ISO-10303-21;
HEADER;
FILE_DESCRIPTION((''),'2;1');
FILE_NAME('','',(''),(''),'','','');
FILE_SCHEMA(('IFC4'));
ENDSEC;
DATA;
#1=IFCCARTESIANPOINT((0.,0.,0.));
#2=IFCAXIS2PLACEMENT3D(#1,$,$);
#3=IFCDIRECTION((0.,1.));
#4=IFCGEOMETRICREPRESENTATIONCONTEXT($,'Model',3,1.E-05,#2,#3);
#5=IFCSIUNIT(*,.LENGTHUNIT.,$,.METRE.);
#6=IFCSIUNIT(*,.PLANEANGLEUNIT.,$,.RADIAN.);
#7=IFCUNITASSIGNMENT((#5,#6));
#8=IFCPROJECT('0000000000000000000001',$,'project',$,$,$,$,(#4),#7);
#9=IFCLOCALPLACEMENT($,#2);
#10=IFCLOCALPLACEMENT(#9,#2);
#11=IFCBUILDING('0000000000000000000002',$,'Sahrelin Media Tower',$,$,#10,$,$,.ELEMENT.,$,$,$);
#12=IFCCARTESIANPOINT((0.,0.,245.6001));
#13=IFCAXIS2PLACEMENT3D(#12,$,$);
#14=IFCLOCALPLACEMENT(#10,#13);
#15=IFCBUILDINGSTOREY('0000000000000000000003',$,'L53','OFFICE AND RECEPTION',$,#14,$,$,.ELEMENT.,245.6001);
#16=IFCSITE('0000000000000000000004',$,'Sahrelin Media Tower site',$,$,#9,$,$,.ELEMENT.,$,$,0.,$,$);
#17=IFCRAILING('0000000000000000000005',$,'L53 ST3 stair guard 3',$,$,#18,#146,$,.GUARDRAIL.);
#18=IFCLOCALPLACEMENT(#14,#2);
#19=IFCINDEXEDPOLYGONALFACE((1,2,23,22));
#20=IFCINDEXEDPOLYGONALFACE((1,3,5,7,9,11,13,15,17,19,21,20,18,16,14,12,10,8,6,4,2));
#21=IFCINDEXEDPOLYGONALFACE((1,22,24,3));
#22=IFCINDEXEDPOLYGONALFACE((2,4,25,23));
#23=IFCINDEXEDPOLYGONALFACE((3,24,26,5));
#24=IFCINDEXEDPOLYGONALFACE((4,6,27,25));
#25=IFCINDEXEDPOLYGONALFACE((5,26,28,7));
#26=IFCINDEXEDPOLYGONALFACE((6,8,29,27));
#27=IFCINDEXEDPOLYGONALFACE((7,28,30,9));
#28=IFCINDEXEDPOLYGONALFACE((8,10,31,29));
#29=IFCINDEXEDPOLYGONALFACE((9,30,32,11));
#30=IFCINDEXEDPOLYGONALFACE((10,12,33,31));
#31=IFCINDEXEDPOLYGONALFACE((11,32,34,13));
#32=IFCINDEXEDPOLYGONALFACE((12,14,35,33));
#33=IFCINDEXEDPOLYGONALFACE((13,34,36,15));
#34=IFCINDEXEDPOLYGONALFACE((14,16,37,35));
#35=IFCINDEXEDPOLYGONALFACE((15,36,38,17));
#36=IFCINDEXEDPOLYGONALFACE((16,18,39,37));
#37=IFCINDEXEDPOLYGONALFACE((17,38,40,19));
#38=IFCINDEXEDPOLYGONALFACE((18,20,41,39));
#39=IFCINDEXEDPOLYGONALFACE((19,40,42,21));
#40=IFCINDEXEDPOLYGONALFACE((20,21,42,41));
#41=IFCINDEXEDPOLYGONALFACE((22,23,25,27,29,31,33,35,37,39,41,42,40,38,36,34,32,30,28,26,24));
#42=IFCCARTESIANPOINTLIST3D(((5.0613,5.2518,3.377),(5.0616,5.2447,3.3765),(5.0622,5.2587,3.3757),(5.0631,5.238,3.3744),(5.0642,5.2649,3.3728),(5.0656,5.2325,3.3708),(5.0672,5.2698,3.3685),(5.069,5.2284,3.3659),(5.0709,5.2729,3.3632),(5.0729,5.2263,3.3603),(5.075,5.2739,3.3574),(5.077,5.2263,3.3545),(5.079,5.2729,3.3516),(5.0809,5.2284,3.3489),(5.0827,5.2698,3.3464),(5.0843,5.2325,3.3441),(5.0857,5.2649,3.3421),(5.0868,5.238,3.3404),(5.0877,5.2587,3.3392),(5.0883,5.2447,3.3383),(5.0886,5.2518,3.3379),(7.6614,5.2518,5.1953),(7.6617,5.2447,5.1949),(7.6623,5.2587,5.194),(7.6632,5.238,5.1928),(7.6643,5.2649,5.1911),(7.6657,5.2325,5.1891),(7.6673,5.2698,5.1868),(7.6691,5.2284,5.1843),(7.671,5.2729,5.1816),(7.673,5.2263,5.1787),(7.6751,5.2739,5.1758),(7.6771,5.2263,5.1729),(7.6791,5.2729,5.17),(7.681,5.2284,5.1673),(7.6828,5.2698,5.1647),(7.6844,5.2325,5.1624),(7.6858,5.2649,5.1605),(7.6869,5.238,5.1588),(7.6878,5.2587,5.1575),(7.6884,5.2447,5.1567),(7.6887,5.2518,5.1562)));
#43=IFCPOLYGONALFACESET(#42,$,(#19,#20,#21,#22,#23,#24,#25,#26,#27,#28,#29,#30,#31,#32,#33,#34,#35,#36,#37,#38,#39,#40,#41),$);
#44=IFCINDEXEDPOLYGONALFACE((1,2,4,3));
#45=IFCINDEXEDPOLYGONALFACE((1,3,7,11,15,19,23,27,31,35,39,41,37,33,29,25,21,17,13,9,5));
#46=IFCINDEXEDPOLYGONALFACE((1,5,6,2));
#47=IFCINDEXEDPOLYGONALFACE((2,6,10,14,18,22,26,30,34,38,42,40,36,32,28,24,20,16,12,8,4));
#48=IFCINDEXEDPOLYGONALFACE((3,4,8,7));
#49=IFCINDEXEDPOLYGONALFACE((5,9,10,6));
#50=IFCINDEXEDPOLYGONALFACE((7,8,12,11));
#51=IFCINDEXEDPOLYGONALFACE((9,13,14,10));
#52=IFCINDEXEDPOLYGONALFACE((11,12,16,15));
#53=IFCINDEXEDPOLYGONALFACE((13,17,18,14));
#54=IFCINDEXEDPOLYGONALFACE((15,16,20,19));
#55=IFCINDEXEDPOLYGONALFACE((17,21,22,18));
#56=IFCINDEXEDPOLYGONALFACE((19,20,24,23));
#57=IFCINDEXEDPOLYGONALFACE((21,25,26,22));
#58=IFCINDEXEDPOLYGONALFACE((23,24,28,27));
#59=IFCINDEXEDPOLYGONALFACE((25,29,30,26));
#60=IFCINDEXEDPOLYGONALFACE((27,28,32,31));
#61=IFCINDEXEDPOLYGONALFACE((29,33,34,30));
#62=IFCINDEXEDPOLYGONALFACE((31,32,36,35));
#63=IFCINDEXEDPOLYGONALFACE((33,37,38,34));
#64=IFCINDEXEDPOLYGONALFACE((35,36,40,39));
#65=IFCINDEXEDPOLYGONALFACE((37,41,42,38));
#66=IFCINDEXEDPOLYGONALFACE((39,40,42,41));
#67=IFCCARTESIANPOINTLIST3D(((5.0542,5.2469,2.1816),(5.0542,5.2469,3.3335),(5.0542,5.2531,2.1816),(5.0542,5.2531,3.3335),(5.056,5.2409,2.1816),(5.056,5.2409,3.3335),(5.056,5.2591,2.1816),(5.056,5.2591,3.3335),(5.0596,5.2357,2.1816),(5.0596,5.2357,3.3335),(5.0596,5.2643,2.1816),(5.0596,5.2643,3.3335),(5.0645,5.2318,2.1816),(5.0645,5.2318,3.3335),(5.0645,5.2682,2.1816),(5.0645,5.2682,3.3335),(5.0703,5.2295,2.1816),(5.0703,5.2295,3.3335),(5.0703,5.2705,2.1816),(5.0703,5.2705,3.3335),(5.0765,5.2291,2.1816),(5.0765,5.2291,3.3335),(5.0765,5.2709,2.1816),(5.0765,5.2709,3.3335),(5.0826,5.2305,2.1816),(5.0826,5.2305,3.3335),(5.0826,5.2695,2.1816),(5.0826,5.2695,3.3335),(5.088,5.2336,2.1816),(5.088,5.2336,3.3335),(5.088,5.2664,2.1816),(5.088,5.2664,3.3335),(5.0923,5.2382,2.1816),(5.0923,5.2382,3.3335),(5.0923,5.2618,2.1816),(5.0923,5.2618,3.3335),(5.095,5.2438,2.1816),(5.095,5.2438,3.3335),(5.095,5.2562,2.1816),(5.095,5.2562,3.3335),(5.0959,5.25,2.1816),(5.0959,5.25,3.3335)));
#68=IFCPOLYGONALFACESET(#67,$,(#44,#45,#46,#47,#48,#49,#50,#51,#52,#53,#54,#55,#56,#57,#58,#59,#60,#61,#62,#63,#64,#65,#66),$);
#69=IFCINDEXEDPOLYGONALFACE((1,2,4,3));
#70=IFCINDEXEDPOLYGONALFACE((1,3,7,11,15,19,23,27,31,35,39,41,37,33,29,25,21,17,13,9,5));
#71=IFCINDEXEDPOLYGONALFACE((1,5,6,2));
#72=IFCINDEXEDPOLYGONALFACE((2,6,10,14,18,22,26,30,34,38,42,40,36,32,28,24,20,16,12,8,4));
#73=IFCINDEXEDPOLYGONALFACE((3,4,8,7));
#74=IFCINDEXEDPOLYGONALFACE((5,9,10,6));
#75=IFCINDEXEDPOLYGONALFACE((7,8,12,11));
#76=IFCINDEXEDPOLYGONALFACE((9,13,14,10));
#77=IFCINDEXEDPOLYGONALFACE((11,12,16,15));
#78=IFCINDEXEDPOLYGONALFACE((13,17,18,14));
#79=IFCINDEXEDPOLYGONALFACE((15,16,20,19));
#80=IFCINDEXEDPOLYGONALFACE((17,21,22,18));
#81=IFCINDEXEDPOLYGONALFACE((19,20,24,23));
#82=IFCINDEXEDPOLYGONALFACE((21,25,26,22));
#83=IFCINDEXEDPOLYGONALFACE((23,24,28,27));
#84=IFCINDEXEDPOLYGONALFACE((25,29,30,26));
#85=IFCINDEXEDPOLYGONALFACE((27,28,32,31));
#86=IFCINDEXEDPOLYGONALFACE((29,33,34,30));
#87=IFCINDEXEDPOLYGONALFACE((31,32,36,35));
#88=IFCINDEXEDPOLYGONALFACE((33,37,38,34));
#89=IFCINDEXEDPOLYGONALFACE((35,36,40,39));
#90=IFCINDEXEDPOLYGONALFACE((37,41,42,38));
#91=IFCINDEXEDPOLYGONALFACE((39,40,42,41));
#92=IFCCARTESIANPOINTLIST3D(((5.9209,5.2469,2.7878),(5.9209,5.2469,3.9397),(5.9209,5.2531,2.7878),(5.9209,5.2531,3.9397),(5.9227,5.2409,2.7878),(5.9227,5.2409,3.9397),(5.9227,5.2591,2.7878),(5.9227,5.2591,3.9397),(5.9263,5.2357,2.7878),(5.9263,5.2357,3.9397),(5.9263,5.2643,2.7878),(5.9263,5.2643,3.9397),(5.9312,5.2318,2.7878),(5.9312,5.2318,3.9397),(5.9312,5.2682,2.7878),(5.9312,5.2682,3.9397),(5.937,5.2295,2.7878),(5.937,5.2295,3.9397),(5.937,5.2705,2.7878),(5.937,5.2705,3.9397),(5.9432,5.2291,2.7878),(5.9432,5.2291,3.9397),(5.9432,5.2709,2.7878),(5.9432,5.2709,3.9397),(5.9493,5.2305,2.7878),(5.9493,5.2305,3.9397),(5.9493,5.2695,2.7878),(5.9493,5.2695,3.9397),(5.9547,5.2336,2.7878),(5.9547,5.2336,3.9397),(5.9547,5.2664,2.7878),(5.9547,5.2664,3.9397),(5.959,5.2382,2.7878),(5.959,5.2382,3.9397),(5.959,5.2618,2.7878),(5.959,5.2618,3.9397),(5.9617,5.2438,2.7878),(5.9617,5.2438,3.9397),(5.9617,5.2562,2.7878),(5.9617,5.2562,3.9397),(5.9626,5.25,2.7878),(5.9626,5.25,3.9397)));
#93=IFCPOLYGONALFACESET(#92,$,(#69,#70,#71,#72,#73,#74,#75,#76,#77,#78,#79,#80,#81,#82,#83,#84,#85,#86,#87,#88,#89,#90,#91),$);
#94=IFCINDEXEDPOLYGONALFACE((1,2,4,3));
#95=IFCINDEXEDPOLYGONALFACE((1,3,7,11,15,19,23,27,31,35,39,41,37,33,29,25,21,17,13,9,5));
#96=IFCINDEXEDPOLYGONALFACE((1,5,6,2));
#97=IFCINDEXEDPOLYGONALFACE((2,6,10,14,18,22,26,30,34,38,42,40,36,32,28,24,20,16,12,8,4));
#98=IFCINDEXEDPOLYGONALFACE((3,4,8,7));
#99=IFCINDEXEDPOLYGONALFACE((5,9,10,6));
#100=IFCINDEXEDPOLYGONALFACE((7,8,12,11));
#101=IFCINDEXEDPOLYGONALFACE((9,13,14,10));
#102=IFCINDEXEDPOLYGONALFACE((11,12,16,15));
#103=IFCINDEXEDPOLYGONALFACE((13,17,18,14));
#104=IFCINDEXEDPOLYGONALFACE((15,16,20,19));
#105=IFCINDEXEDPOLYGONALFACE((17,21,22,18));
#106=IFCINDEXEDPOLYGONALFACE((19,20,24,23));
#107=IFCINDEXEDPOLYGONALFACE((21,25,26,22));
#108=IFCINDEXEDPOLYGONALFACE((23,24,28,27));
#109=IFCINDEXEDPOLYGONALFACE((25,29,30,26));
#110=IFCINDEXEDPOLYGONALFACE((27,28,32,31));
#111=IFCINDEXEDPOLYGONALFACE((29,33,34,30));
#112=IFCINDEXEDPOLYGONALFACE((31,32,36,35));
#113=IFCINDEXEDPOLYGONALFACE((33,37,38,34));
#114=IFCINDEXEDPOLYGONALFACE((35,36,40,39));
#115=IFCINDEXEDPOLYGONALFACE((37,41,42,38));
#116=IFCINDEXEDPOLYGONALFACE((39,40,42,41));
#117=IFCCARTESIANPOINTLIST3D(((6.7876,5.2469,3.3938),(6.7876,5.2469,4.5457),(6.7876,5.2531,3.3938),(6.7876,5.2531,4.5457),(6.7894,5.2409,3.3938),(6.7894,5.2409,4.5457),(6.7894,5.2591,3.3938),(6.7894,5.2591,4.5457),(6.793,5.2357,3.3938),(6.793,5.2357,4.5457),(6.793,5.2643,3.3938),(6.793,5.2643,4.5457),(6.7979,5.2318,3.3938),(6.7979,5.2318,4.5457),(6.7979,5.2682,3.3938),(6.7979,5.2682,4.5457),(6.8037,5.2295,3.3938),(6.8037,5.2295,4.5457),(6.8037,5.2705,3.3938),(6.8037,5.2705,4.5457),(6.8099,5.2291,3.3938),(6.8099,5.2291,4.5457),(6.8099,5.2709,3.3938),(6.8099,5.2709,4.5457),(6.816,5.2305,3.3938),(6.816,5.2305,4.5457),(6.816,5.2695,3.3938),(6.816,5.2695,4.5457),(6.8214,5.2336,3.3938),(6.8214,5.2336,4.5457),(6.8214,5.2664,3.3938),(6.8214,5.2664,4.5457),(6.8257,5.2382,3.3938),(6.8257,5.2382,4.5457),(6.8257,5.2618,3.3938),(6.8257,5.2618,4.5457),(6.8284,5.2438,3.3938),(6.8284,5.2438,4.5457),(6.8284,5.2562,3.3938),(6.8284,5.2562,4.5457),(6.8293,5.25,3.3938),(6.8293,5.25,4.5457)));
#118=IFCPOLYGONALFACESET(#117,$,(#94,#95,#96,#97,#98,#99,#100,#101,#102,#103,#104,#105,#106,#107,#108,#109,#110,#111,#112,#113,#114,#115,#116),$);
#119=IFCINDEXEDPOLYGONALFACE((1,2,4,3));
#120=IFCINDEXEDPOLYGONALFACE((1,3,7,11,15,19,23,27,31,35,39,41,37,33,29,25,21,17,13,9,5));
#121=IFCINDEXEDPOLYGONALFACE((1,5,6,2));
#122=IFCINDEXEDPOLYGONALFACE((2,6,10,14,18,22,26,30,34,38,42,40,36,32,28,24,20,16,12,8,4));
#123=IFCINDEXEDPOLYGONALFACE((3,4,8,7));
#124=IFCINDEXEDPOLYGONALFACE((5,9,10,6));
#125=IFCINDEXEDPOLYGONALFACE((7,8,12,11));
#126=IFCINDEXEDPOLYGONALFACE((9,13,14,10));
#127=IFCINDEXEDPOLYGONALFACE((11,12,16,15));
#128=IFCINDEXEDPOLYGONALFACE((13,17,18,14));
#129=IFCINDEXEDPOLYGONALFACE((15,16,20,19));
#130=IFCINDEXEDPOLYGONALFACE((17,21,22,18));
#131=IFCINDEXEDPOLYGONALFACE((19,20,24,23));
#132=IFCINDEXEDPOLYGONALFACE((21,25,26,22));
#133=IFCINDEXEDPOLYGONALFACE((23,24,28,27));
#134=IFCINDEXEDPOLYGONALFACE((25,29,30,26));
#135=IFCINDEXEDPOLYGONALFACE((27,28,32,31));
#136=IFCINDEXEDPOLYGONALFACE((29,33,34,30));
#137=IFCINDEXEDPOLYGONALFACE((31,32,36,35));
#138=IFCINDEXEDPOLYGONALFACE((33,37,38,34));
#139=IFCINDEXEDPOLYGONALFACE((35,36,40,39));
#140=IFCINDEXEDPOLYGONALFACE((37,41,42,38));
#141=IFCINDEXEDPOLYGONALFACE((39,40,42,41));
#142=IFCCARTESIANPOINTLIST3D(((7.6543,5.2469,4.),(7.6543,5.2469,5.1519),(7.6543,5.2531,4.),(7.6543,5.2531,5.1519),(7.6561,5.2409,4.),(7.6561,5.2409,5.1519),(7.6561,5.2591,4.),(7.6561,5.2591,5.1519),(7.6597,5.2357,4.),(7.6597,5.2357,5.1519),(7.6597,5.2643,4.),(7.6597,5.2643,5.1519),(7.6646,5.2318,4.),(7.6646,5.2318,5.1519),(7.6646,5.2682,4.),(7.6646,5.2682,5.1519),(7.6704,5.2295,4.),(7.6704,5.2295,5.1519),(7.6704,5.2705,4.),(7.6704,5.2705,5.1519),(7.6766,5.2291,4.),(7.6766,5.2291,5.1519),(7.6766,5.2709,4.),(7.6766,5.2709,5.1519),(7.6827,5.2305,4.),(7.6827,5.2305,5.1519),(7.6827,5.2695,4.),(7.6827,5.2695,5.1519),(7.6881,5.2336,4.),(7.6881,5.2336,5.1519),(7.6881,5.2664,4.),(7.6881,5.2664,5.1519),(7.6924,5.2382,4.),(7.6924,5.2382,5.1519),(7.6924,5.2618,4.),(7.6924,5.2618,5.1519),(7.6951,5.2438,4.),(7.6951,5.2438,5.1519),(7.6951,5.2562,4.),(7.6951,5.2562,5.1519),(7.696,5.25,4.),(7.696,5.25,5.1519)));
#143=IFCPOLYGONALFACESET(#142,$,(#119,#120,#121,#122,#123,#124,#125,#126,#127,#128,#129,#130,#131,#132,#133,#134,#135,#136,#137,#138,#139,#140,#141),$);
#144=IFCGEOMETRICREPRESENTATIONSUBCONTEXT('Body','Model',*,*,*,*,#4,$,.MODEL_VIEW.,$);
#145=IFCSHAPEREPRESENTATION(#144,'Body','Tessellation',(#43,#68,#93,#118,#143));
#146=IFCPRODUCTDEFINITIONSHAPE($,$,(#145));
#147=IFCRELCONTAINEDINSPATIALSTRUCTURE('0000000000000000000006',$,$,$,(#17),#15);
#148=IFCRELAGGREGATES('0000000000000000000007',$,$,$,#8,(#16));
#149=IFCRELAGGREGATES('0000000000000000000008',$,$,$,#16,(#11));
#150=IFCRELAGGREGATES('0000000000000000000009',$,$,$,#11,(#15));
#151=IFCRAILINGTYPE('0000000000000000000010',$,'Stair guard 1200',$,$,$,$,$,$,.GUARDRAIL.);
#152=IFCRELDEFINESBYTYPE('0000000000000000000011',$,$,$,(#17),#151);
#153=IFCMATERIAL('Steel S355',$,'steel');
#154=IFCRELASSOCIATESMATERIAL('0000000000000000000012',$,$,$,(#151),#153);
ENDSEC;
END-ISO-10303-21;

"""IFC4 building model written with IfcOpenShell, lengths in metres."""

from ifc_helpers import new_model, si_unit, direction, frame, origin, origin_2d, place, context, subcontext, project, spatial, circle, extrude, material, type_object, element, save


model = new_model("IFC4")

# Units and contexts
model_context = context("Model", 3, precision=1e-05, world=origin(), true_north=direction((0.0, 1.0)))
body_context = subcontext(model_context, "Body", "Model", "MODEL_VIEW")
ifc_project = project(units=[si_unit("LENGTHUNIT", "METRE"), si_unit("PLANEANGLEUNIT", "RADIAN")], contexts=[model_context])

# Site, building, storey
site_placement = place(None, origin())
site = spatial("IfcSite", under=ifc_project, at=site_placement, Name="Sahrelin Media Tower site", CompositionType="ELEMENT", RefElevation=0.0)
building_placement = place(site_placement, origin())
building = spatial("IfcBuilding", under=site, at=building_placement, Name="Sahrelin Media Tower", CompositionType="ELEMENT")
storey_placement = place(building_placement, frame((0.0, 0.0, 245.6001)))
storey = spatial("IfcBuildingStorey", under=building, at=storey_placement, Name="L53", Description="OFFICE AND RECEPTION", CompositionType="ELEMENT", Elevation=245.6001)

# Shared definitions
ifc_material_1 = material(Name="Steel S355", Category="steel")

# Railing
railing_type_1 = type_object("IfcRailingType", Name="Stair guard 1200", PredefinedType="GUARDRAIL", material=ifc_material_1)
railing_1_placement = place(storey_placement, frame((5.075, 5.25, 2.1816)))
element("IfcRailing", 1, at=railing_1_placement, inside=storey, type_object=railing_type_1, Name="L53 ST3 stair guard 3", PredefinedType="GUARDRAIL", context=body_context, shape_type="SweptSolid", body=[
    extrude(circle(Radius=0.0239, at=origin_2d()), frame((0.0, 0.0, 1.1758), z_axis=(0.819485, 0.0, 0.573101), x_axis=(0.0, 1.0, 0.0)), (0.0, 0.0, 1.0), 3.1729),
    extrude(circle(Radius=0.021, at=origin_2d()), origin(), (0.0, 0.0, 1.0), 1.1519),
    extrude(circle(Radius=0.021, at=origin_2d()), frame((0.8667, 0.0, 0.6062)), (0.0, 0.0, 1.0), 1.1519),
    extrude(circle(Radius=0.021, at=origin_2d()), frame((1.7334, 0.0, 1.2122)), (0.0, 0.0, 1.0), 1.1519),
    extrude(circle(Radius=0.021, at=origin_2d()), frame((2.6001, 0.0, 1.8184)), (0.0, 0.0, 1.0), 1.1519),
])

save(model, "model.ifc")
